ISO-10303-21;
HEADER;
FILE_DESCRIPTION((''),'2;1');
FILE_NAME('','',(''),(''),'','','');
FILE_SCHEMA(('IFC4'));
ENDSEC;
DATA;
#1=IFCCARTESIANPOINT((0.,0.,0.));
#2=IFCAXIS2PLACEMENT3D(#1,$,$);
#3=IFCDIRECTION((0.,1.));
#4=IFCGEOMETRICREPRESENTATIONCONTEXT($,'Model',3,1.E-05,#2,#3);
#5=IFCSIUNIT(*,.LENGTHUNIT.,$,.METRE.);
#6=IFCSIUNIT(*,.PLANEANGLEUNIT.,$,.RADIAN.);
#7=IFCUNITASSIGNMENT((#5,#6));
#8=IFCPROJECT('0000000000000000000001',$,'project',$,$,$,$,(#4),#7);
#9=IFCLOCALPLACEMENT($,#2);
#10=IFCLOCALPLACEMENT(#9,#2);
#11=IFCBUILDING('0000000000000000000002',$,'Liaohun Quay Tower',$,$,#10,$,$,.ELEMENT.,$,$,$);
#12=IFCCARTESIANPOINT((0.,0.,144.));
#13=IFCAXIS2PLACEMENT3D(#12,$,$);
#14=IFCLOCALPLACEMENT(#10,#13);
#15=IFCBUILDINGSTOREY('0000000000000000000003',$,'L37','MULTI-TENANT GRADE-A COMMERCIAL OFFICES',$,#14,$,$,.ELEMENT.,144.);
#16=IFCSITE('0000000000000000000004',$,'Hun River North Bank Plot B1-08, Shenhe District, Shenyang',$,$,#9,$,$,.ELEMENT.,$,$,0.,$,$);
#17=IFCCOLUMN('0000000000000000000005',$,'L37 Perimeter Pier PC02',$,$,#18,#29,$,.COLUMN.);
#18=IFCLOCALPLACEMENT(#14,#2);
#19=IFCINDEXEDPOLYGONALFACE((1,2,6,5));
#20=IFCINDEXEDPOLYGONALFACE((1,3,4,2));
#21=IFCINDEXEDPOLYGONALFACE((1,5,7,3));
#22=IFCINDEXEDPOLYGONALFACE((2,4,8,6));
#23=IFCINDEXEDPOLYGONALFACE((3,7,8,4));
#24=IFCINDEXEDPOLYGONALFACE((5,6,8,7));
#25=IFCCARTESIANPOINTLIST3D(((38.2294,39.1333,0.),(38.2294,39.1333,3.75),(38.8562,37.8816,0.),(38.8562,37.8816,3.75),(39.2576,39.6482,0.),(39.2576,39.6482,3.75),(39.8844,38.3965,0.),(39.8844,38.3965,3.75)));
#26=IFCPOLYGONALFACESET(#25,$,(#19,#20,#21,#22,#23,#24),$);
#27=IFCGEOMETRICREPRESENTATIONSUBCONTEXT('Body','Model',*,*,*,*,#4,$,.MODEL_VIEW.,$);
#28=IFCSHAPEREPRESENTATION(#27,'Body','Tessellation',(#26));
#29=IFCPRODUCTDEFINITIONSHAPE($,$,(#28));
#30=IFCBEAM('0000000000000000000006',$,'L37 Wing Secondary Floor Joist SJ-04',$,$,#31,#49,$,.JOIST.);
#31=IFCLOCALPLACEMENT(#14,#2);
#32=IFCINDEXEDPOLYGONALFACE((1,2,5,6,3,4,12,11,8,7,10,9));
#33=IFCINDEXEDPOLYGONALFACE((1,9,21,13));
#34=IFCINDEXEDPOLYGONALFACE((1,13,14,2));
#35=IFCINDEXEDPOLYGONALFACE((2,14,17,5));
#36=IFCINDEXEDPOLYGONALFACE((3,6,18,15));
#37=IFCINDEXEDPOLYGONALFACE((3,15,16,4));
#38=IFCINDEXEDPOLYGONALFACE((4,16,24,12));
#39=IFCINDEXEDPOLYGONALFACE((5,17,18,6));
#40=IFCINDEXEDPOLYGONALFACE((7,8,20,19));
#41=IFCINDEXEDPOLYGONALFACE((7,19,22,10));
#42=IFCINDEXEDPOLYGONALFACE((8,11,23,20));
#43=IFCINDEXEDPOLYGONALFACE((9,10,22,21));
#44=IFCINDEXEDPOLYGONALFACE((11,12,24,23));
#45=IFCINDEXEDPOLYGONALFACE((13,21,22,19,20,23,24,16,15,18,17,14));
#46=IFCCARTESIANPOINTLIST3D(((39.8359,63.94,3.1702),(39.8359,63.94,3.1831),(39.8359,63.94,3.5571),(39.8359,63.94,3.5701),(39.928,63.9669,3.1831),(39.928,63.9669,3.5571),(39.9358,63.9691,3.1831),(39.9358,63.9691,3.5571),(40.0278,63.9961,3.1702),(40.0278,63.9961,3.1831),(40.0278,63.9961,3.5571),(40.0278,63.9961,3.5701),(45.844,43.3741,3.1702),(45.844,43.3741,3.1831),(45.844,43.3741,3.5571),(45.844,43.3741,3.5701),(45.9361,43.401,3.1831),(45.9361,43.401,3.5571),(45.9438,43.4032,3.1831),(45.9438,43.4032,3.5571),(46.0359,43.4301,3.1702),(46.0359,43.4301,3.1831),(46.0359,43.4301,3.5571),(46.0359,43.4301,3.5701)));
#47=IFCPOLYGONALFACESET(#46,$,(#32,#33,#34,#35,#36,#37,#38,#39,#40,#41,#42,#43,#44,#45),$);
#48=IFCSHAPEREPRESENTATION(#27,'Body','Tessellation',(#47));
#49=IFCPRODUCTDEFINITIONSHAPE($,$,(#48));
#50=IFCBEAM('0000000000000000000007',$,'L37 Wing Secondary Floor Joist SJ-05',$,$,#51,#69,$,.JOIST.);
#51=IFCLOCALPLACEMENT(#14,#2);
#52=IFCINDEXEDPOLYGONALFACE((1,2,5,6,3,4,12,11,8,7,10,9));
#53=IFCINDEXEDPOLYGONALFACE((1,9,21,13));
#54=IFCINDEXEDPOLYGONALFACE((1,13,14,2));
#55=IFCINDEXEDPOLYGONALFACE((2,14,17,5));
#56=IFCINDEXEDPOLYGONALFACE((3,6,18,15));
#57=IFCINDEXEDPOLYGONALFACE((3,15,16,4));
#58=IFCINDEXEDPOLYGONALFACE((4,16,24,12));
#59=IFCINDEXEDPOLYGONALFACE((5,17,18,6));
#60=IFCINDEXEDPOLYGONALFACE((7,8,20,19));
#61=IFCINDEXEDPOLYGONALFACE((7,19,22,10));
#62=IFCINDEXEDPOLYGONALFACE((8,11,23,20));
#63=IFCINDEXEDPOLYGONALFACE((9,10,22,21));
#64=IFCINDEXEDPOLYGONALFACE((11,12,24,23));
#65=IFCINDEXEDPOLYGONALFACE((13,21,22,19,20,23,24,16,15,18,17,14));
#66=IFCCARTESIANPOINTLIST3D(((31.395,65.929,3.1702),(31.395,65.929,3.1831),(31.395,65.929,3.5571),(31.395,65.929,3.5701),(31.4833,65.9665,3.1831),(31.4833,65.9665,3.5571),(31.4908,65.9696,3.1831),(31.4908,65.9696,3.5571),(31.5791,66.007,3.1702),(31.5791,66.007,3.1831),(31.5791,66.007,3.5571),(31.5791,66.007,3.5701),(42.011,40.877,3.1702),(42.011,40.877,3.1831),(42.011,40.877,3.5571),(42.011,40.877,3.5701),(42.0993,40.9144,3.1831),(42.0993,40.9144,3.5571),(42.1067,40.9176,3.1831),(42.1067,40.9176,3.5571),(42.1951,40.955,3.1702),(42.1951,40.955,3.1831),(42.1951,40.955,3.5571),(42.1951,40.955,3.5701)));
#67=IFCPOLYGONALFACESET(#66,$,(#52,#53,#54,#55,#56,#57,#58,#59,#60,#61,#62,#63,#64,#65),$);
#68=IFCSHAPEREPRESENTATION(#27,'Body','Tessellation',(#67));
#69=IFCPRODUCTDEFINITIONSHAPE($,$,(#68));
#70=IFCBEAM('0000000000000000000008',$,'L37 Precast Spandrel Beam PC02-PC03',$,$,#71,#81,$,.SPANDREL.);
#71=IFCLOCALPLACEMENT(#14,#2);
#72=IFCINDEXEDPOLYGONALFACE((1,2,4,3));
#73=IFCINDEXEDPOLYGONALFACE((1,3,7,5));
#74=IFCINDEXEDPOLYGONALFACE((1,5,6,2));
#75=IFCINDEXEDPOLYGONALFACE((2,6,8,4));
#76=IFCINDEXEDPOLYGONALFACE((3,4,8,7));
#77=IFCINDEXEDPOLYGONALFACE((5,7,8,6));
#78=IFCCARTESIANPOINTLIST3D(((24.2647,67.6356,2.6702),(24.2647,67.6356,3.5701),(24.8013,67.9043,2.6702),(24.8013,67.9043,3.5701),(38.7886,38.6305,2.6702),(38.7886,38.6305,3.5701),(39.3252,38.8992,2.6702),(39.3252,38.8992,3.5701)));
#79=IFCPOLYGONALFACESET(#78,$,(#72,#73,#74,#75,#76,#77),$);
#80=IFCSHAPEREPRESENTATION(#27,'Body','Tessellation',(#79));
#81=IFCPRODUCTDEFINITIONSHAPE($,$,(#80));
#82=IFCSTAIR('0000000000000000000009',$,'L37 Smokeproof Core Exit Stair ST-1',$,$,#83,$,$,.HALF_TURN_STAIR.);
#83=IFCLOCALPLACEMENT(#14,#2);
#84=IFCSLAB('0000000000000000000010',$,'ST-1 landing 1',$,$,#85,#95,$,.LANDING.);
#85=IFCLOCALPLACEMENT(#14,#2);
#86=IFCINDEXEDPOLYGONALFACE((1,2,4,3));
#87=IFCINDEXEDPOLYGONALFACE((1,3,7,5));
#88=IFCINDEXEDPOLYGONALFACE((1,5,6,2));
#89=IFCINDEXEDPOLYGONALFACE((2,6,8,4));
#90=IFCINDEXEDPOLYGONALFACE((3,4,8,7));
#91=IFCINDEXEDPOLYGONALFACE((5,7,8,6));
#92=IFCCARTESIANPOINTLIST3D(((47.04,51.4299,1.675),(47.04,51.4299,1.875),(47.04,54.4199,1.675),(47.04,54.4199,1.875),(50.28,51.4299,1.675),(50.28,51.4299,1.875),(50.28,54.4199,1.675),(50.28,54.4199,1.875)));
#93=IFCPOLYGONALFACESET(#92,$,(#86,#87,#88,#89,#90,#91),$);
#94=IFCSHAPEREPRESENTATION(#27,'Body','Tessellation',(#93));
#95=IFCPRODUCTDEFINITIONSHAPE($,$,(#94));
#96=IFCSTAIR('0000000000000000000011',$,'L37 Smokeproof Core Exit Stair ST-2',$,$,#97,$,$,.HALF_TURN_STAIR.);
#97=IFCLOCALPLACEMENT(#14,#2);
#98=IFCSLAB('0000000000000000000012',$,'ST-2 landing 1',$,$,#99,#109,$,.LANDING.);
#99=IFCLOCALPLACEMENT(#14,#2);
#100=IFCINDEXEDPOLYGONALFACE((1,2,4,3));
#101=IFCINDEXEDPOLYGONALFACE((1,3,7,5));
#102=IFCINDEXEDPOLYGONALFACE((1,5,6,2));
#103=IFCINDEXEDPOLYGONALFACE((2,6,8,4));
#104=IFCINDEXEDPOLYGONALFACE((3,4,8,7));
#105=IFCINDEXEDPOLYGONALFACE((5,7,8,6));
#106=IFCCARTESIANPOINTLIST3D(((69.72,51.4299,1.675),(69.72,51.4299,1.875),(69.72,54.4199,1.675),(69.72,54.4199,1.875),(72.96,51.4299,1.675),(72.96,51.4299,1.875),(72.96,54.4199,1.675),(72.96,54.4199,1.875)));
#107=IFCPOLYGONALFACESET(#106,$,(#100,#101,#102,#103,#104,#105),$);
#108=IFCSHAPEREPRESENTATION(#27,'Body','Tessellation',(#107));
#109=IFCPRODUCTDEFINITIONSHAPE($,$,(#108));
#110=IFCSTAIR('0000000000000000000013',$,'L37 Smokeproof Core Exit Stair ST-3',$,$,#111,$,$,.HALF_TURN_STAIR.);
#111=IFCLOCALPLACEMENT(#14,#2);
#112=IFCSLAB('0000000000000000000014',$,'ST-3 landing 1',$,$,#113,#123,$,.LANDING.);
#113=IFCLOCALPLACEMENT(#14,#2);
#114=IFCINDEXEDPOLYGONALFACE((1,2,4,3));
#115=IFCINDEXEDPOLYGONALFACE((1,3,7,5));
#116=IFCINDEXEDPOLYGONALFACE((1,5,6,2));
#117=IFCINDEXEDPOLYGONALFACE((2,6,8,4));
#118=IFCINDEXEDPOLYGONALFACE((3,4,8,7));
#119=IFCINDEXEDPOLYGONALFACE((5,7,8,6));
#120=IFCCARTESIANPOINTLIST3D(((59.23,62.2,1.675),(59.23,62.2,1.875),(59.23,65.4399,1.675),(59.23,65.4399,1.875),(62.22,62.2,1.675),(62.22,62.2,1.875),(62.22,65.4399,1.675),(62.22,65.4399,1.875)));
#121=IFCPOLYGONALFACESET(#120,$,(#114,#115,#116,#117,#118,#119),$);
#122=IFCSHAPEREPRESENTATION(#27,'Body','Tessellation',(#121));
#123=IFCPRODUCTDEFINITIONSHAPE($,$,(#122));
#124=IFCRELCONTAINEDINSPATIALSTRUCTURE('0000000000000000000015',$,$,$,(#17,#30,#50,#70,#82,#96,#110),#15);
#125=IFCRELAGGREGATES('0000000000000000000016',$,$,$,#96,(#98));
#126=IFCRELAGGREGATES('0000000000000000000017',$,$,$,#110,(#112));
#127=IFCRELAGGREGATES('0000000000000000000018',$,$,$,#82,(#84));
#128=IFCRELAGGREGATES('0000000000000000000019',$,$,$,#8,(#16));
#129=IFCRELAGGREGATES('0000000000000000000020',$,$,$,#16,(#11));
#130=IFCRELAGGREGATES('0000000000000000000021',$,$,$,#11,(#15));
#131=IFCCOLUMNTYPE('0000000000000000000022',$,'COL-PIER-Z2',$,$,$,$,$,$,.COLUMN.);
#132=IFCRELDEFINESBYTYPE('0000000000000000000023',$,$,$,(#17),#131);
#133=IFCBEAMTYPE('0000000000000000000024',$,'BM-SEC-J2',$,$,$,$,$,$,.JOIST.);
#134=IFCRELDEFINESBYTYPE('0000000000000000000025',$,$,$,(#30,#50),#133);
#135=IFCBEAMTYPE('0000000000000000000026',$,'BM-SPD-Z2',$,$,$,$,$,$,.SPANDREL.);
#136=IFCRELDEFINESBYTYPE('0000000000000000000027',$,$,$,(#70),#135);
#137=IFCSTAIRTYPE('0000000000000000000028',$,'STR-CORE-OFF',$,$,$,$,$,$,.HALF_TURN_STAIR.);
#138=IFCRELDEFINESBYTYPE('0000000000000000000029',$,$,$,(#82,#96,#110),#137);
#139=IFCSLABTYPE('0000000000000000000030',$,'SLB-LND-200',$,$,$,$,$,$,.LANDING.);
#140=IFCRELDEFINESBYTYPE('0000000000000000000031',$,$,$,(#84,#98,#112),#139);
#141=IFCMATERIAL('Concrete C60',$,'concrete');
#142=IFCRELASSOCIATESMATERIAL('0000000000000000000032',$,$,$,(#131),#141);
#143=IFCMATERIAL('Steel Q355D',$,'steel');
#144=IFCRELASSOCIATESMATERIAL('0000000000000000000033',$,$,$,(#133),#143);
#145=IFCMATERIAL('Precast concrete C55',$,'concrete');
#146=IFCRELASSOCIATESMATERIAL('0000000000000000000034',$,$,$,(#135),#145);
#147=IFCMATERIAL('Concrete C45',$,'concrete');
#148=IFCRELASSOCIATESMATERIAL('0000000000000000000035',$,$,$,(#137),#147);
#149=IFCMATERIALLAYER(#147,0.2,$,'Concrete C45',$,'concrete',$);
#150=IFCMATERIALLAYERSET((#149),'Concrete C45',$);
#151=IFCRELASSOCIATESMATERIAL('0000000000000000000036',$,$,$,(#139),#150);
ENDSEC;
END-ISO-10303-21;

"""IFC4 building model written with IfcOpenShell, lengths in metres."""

from ifc_helpers import new_model, si_unit, direction, frame, origin, origin_2d, place, context, subcontext, project, spatial, polyline, rectangle, i_section, outline, extrude, source, transform, mapped, material, layer, layer_set, material_profile, profile_set, type_object, element, aggregate, save


model = new_model("IFC4")

# Units and contexts
model_context = context("Model", 3, precision=1e-05, world=origin(), true_north=direction((0.0, 1.0)))
body_context = subcontext(model_context, "Body", "Model", "MODEL_VIEW")
ifc_project = project(units=[si_unit("LENGTHUNIT", "METRE"), si_unit("PLANEANGLEUNIT", "RADIAN")], contexts=[model_context])

# Site, building, storey
site_placement = place(None, origin())
site = spatial("IfcSite", under=ifc_project, at=site_placement, Name="Hun River North Bank Plot B1-08, Shenhe District, Shenyang", CompositionType="ELEMENT", RefElevation=0.0)
building_placement = place(site_placement, origin())
building = spatial("IfcBuilding", under=site, at=building_placement, Name="Liaohun Quay Tower", CompositionType="ELEMENT")
storey_placement = place(building_placement, frame((0.0, 0.0, 144.0)))
storey = spatial("IfcBuildingStorey", under=building, at=storey_placement, Name="L37", Description="MULTI-TENANT GRADE-A COMMERCIAL OFFICES", CompositionType="ELEMENT", Elevation=144.0)

# Column
ifc_material_1 = material(Name="Concrete C60", Category="concrete")
ifc_material_profile_1 = material_profile(ifc_material_1, rectangle(XDim=1.3999, YDim=1.1499, at=origin_2d()), Name="RC1400x1150")
ifc_profile_set_1 = profile_set([ifc_material_profile_1], Name="Concrete C60")
column_type = type_object("IfcColumnType", Name="COL-PIER-Z2", PredefinedType="COLUMN", material=ifc_profile_set_1)
shared_shape_1 = source(origin(), body_context, "Body", "SweptSolid", [
    extrude(rectangle(XDim=1.3999, YDim=1.1499, at=origin_2d()), origin(), (0.0, 0.0, 1.0), 3.75),
])
column_placement = place(storey_placement, frame((39.0569, 38.7649, 0.0), z_axis=(0.0, 0.0, 1.0), x_axis=(-0.447759, 0.894154, 0.0)))
element("IfcColumn", 1, at=column_placement, inside=storey, type_object=column_type, Name="L37 Perimeter Pier PC02", PredefinedType="COLUMN", context=body_context, shape_type="MappedRepresentation", body=[
    mapped(shared_shape_1, transform((0.0, 0.0, 0.0), x_axis=(1.0, 0.0, 0.0), y_axis=(0.0, 1.0, 0.0), z_axis=(0.0, 0.0, 1.0), scale=1.0)),
])

# Beams
ifc_material_2 = material(Name="Steel Q355D", Category="steel")
ifc_material_profile_2 = material_profile(ifc_material_2, i_section(OverallWidth=0.2, OverallDepth=0.3999, WebThickness=0.0081, FlangeThickness=0.0129, at=origin_2d()), Name="HN400x200x8x13")
ifc_profile_set_2 = profile_set([ifc_material_profile_2], Name="Steel Q355D")
beam_type_1 = type_object("IfcBeamType", Name="BM-SEC-J2", PredefinedType="JOIST", material=ifc_profile_set_2)
shared_shape_2 = source(origin(), body_context, "Body", "SweptSolid", [
    extrude(i_section(OverallWidth=0.2, OverallDepth=0.3999, WebThickness=0.0081, FlangeThickness=0.0129, at=origin_2d()), origin(), (0.0, 0.0, 1.0), 21.4255),
])
beam_1_placement = place(storey_placement, frame((45.9399, 43.4021, 3.3701), z_axis=(-0.280416, 0.959879, 0.0), x_axis=(-0.959879, -0.280416, 0.0)))
element("IfcBeam", 2, at=beam_1_placement, inside=storey, type_object=beam_type_1, Name="L37 Wing Secondary Floor Joist SJ-04", PredefinedType="JOIST", context=body_context, shape_type="MappedRepresentation", body=[
    mapped(shared_shape_2, transform((0.0, 0.0, 0.0), x_axis=(1.0, 0.0, 0.0), y_axis=(0.0, 1.0, 0.0), z_axis=(0.0, 0.0, 1.0), scale=1.0)),
])
shared_shape_3 = source(origin(), body_context, "Body", "SweptSolid", [
    extrude(i_section(OverallWidth=0.2, OverallDepth=0.3999, WebThickness=0.0081, FlangeThickness=0.0129, at=origin_2d()), origin(), (0.0, 0.0, 1.0), 27.2085),
])
beam_2_placement = place(storey_placement, frame((42.103, 40.916, 3.3701), z_axis=(-0.390171, 0.920742, 0.0), x_axis=(-0.920742, -0.390171, 0.0)))
element("IfcBeam", 3, at=beam_2_placement, inside=storey, type_object=beam_type_1, Name="L37 Wing Secondary Floor Joist SJ-05", PredefinedType="JOIST", context=body_context, shape_type="MappedRepresentation", body=[
    mapped(shared_shape_3, transform((0.0, 0.0, 0.0), x_axis=(1.0, 0.0, 0.0), y_axis=(0.0, 1.0, 0.0), z_axis=(0.0, 0.0, 1.0), scale=1.0)),
])
ifc_material_3 = material(Name="Precast concrete C55", Category="concrete")
ifc_material_profile_3 = material_profile(ifc_material_3, rectangle(XDim=0.6001, YDim=0.8999, at=origin_2d()), Name="RC600x900")
ifc_profile_set_3 = profile_set([ifc_material_profile_3], Name="Precast concrete C55")
beam_type_2 = type_object("IfcBeamType", Name="BM-SPD-Z2", PredefinedType="SPANDREL", material=ifc_profile_set_3)
shared_shape_4 = source(origin(), body_context, "Body", "SweptSolid", [
    extrude(rectangle(XDim=0.6001, YDim=0.8999, at=origin_2d()), origin(), (0.0, 0.0, 1.0), 32.4382),
])
beam_3_placement = place(storey_placement, frame((39.0569, 38.7649, 3.1201), z_axis=(-0.44774, 0.894164, 0.0), x_axis=(-0.894164, -0.44774, 0.0)))
element("IfcBeam", 4, at=beam_3_placement, inside=storey, type_object=beam_type_2, Name="L37 Precast Spandrel Beam PC02-PC03", PredefinedType="SPANDREL", context=body_context, shape_type="MappedRepresentation", body=[
    mapped(shared_shape_4, transform((0.0, 0.0, 0.0), x_axis=(1.0, 0.0, 0.0), y_axis=(0.0, 1.0, 0.0), z_axis=(0.0, 0.0, 1.0), scale=1.0)),
])

# Stairs, slabs
ifc_material_4 = material(Name="Concrete C45", Category="concrete")
stair_type = type_object("IfcStairType", Name="STR-CORE-OFF", PredefinedType="HALF_TURN_STAIR", material=ifc_material_4)
stair_1_placement = place(storey_placement, origin())
stair_1 = element("IfcStair", 5, at=stair_1_placement, inside=storey, type_object=stair_type, Name="L37 Smokeproof Core Exit Stair ST-1", PredefinedType="HALF_TURN_STAIR")
ifc_layer_1 = layer(ifc_material_4, 0.2, Name="Concrete C45", Category="concrete")
ifc_layer_set_1 = layer_set([ifc_layer_1], Name="Concrete C45")
slab_type_1 = type_object("IfcSlabType", Name="SLB-LND-200", PredefinedType="LANDING", material=ifc_layer_set_1)
slab_1_placement = place(storey_placement, frame((0.0, 0.0, 1.675)))
slab_1 = element("IfcSlab", 6, at=slab_1_placement, type_object=slab_type_1, Name="ST-1 landing 1", PredefinedType="LANDING", context=body_context, shape_type="SweptSolid", body=[
    extrude(outline(polyline([(50.28, 51.4299), (50.28, 54.4199), (47.04, 54.4199), (47.04, 51.4299), (50.28, 51.4299)])), origin(), (0.0, 0.0, 1.0), 0.2),
])
stair_2_placement = place(storey_placement, origin())
stair_2 = element("IfcStair", 7, at=stair_2_placement, inside=storey, type_object=stair_type, Name="L37 Smokeproof Core Exit Stair ST-2", PredefinedType="HALF_TURN_STAIR")
slab_2_placement = place(storey_placement, frame((0.0, 0.0, 1.675)))
slab_2 = element("IfcSlab", 8, at=slab_2_placement, type_object=slab_type_1, Name="ST-2 landing 1", PredefinedType="LANDING", context=body_context, shape_type="SweptSolid", body=[
    extrude(outline(polyline([(72.96, 51.4299), (72.96, 54.4199), (69.72, 54.4199), (69.72, 51.4299), (72.96, 51.4299)])), origin(), (0.0, 0.0, 1.0), 0.2),
])
aggregate(stair_2, [slab_2])
stair_3_placement = place(storey_placement, origin())
stair_3 = element("IfcStair", 9, at=stair_3_placement, inside=storey, type_object=stair_type, Name="L37 Smokeproof Core Exit Stair ST-3", PredefinedType="HALF_TURN_STAIR")
slab_3_placement = place(storey_placement, frame((0.0, 0.0, 1.675)))
slab_3 = element("IfcSlab", 10, at=slab_3_placement, type_object=slab_type_1, Name="ST-3 landing 1", PredefinedType="LANDING", context=body_context, shape_type="SweptSolid", body=[
    extrude(outline(polyline([(59.23, 62.2), (62.22, 62.2), (62.22, 65.4399), (59.23, 65.4399), (59.23, 62.2)])), origin(), (0.0, 0.0, 1.0), 0.2),
])
aggregate(stair_3, [slab_3])

aggregate(stair_1, [slab_1])

save(model, "model.ifc")
